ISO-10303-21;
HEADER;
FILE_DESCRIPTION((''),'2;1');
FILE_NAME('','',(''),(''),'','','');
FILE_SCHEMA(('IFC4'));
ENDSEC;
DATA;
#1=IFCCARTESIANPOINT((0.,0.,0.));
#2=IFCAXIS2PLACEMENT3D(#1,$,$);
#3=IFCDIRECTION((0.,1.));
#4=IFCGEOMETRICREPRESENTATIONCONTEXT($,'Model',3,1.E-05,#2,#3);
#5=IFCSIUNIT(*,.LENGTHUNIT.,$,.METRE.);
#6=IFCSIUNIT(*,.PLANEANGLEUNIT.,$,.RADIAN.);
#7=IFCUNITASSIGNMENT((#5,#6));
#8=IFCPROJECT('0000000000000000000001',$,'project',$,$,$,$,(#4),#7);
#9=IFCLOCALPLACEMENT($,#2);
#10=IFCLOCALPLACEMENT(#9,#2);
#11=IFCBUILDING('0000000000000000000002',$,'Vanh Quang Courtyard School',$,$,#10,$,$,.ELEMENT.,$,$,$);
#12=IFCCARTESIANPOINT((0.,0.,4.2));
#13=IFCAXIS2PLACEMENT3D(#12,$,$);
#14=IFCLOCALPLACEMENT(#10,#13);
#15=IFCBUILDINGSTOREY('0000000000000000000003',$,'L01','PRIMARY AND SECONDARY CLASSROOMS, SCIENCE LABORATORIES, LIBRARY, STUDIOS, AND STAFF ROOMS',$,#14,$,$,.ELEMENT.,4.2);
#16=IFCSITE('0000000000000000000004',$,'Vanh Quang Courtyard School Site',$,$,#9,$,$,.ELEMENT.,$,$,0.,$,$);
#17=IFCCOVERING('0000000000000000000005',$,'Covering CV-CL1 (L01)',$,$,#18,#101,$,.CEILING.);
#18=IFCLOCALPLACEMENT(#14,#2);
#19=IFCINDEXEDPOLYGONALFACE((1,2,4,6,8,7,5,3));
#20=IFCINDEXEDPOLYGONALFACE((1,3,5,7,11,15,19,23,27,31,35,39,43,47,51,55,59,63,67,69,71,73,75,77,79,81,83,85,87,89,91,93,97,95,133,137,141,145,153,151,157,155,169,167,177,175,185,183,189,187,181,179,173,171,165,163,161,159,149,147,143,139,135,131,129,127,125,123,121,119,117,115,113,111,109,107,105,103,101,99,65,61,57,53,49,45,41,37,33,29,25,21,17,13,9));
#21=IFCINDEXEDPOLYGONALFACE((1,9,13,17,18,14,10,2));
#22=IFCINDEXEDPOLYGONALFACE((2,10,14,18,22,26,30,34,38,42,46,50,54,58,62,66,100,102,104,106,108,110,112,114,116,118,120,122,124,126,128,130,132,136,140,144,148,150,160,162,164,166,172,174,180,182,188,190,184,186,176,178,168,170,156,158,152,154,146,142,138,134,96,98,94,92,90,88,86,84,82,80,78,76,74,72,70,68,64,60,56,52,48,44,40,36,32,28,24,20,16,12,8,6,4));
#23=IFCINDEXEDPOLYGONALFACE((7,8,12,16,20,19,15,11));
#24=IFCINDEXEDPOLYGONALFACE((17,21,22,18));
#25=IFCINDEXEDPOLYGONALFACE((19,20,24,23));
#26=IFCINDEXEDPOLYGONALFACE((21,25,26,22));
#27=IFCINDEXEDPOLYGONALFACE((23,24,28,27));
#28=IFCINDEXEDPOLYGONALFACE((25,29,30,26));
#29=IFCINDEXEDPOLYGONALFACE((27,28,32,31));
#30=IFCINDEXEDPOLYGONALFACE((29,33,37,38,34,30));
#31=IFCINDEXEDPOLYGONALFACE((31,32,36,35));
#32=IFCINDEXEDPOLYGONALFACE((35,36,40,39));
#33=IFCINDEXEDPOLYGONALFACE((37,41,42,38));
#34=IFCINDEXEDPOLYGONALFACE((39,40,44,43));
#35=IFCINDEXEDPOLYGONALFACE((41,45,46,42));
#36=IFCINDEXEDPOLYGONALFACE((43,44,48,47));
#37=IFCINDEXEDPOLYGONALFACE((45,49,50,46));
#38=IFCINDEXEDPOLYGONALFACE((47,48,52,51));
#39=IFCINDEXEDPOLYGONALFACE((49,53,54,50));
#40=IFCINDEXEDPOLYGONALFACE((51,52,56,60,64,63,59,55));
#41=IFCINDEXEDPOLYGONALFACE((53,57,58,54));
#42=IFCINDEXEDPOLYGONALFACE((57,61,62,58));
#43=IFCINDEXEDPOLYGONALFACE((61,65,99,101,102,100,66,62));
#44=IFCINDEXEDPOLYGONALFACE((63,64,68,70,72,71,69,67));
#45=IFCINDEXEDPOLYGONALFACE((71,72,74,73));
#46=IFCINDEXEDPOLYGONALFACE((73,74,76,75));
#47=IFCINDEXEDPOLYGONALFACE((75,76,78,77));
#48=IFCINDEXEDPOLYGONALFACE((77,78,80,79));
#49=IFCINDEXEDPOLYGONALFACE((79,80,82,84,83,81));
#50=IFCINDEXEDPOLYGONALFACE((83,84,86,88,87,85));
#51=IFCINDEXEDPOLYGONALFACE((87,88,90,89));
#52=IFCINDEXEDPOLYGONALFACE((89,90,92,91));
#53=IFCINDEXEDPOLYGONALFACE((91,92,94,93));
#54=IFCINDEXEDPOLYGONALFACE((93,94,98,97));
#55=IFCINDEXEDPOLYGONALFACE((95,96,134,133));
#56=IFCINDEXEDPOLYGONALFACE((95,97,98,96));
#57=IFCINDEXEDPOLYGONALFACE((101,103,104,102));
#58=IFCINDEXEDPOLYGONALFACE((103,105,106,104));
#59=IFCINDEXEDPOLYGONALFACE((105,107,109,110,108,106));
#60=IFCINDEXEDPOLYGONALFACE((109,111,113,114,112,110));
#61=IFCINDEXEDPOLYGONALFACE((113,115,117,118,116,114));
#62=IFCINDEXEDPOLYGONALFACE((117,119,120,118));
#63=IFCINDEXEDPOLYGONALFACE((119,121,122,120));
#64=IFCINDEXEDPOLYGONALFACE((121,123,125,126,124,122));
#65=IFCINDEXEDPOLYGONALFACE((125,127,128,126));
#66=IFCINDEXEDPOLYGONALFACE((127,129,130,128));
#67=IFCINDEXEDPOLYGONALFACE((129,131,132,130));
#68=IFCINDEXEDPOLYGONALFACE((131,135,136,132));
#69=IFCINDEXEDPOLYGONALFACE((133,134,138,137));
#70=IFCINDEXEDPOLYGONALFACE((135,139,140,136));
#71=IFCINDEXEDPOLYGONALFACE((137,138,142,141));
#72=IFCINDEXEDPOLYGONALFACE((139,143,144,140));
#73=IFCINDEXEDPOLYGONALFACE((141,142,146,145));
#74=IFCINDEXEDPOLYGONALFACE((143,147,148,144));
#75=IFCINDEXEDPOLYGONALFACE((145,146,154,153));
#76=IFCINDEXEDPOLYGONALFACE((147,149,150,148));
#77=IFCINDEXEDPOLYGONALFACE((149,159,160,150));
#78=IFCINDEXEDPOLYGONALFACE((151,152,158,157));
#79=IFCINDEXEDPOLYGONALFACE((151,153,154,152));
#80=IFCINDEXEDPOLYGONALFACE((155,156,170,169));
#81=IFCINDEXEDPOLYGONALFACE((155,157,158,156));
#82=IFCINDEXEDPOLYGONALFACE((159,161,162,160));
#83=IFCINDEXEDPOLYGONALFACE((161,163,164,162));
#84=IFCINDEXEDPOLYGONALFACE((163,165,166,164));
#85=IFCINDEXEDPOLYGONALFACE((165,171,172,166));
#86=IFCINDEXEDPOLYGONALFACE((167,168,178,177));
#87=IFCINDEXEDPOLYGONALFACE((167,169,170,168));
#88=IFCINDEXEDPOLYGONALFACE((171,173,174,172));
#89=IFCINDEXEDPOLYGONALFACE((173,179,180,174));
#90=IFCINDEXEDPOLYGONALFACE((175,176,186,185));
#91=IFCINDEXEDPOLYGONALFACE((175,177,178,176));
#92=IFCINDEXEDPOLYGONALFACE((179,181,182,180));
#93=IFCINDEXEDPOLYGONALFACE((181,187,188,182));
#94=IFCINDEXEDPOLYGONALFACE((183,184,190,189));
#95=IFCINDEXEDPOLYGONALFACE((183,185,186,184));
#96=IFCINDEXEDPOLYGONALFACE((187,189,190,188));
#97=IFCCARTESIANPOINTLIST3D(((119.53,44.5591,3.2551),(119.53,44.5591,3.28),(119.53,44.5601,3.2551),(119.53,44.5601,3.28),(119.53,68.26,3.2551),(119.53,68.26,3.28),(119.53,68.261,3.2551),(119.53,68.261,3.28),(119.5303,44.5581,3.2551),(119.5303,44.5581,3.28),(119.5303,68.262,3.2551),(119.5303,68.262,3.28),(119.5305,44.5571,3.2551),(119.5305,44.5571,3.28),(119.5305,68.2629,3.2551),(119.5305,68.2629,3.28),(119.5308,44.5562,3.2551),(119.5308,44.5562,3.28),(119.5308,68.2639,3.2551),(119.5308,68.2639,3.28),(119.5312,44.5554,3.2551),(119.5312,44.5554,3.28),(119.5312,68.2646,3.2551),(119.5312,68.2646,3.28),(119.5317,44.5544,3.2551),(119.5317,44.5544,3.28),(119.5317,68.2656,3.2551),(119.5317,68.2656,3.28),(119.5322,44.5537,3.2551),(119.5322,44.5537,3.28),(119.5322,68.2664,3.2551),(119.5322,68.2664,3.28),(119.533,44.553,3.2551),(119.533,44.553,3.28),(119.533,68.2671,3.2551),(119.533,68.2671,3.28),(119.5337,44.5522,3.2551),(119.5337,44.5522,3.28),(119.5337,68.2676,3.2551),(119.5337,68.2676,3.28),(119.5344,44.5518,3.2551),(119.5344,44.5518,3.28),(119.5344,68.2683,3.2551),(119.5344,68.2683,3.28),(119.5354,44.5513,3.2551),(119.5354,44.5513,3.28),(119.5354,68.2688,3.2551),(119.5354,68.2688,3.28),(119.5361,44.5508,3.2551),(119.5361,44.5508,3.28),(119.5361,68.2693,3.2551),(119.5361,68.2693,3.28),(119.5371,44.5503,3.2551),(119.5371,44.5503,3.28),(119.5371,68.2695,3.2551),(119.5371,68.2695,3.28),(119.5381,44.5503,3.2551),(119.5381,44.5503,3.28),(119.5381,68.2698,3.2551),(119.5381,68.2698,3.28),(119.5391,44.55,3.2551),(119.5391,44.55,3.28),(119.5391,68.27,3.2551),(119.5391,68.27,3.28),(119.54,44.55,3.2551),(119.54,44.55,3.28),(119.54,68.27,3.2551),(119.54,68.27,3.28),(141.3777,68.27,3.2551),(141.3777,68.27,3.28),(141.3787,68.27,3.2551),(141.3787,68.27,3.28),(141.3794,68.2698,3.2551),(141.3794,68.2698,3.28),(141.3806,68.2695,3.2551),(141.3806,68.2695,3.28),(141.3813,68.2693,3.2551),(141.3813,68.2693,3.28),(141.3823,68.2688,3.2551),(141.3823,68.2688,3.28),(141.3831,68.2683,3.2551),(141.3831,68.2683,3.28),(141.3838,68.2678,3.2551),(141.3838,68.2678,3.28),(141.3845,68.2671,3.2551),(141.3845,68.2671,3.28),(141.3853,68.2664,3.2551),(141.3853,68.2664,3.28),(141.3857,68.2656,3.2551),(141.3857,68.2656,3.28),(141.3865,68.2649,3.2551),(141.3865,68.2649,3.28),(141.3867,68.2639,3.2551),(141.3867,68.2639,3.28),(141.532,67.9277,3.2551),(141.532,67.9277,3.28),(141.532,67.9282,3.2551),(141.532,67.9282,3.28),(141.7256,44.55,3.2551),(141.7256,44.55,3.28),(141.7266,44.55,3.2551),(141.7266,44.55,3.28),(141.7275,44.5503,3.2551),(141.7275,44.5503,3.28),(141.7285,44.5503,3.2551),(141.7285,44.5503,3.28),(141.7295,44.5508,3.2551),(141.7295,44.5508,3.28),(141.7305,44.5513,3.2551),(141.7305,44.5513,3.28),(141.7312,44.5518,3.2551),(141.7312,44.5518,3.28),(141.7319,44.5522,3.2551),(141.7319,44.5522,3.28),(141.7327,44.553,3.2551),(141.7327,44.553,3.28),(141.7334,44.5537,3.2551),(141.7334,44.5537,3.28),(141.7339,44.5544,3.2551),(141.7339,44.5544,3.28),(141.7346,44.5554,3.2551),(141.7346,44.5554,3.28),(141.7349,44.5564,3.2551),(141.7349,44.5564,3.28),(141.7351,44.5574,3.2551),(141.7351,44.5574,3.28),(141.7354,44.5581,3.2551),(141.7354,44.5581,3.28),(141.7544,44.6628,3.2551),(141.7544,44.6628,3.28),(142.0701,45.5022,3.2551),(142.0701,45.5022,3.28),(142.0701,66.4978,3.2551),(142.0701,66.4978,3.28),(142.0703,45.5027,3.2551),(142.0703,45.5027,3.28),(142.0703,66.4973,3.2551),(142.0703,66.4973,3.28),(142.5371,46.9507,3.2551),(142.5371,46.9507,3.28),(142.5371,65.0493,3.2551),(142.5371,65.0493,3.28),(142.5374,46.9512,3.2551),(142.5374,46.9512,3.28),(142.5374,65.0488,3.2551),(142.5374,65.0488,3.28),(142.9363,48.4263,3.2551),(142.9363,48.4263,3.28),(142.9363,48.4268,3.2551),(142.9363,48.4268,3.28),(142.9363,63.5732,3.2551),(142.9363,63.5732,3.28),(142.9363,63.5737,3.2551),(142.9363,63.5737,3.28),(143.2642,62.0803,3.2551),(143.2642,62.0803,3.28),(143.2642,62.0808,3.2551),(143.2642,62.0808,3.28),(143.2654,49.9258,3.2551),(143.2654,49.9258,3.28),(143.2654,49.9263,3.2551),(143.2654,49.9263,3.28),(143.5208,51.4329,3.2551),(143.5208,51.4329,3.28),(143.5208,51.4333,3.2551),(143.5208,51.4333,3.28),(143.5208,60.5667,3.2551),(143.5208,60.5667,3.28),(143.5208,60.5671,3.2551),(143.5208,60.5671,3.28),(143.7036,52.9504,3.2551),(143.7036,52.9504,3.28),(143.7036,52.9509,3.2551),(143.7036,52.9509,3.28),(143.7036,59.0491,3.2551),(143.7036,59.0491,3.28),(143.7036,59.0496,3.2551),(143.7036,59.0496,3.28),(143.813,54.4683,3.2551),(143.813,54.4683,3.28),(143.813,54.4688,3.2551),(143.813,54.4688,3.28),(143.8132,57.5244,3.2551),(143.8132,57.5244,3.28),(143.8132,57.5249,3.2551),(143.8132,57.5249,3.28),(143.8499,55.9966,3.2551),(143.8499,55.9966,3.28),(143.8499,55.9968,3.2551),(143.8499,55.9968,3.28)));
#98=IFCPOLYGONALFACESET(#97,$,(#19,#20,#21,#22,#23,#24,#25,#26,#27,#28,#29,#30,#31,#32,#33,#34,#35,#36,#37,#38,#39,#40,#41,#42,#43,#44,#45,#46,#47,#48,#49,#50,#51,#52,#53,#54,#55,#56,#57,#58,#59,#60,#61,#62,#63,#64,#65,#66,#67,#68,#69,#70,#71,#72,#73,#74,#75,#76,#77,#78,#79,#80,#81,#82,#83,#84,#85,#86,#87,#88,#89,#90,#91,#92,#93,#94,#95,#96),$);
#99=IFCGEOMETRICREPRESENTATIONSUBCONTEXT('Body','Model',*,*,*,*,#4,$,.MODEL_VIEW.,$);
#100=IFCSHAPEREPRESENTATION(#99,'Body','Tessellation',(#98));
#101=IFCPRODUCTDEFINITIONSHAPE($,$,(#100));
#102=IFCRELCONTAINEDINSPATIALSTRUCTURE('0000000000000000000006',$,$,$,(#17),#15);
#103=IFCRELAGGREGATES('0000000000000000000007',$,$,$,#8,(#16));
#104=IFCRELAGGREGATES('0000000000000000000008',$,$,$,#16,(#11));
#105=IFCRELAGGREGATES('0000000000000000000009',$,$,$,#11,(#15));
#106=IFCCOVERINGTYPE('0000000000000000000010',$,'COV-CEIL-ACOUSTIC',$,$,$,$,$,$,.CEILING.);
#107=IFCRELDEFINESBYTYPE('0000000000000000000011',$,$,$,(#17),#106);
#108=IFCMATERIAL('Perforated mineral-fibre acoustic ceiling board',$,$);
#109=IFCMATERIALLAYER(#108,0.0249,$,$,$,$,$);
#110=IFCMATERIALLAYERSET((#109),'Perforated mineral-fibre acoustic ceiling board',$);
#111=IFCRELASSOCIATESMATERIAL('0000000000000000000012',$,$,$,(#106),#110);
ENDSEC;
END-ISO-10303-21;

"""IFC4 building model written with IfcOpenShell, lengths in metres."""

from ifc_helpers import new_model, si_unit, direction, frame, origin, place, context, subcontext, project, spatial, polyline, outline, extrude, material, layer, layer_set, type_object, element, save


model = new_model("IFC4")

# Units and contexts
model_context = context("Model", 3, precision=1e-05, world=origin(), true_north=direction((0.0, 1.0)))
body_context = subcontext(model_context, "Body", "Model", "MODEL_VIEW")
ifc_project = project(units=[si_unit("LENGTHUNIT", "METRE"), si_unit("PLANEANGLEUNIT", "RADIAN")], contexts=[model_context])

# Site, building, storey
site_placement = place(None, origin())
site = spatial("IfcSite", under=ifc_project, at=site_placement, Name="Vanh Quang Courtyard School Site", CompositionType="ELEMENT", RefElevation=0.0)
building_placement = place(site_placement, origin())
building = spatial("IfcBuilding", under=site, at=building_placement, Name="Vanh Quang Courtyard School", CompositionType="ELEMENT")
storey_placement = place(building_placement, frame((0.0, 0.0, 4.2)))
storey = spatial("IfcBuildingStorey", under=building, at=storey_placement, Name="L01", Description="PRIMARY AND SECONDARY CLASSROOMS, SCIENCE LABORATORIES, LIBRARY, STUDIOS, AND STAFF ROOMS", CompositionType="ELEMENT", Elevation=4.2)

# Covering
ifc_material_1 = material(Name="Perforated mineral-fibre acoustic ceiling board")
ifc_layer_1 = layer(ifc_material_1, 0.0249)
ifc_layer_set_1 = layer_set([ifc_layer_1], Name="Perforated mineral-fibre acoustic ceiling board")
covering_type_1 = type_object("IfcCoveringType", Name="COV-CEIL-ACOUSTIC", PredefinedType="CEILING", material=ifc_layer_set_1)
covering_1_placement = place(storey_placement, frame((0.0, 0.0, 3.2551)))
element("IfcCovering", 1, at=covering_1_placement, inside=storey, type_object=covering_type_1, Name="Covering CV-CL1 (L01)", PredefinedType="CEILING", context=body_context, shape_type="SweptSolid", body=[
    extrude(outline(polyline([(119.53, 68.26), (119.53, 68.261), (119.5303, 68.262), (119.5305, 68.2629), (119.5308, 68.2639), (119.5312, 68.2646), (119.5317, 68.2656), (119.5322, 68.2664), (119.533, 68.2671), (119.5337, 68.2676), (119.5344, 68.2683), (119.5354, 68.2688), (119.5361, 68.2693), (119.5371, 68.2695), (119.5381, 68.2698), (119.5391, 68.27), (119.54, 68.27), (141.3777, 68.27), (141.3787, 68.27), (141.3794, 68.2698), (141.3806, 68.2695), (141.3813, 68.2693), (141.3823, 68.2688), (141.3831, 68.2683), (141.3838, 68.2678), (141.3845, 68.2671), (141.3853, 68.2664), (141.3857, 68.2656), (141.3865, 68.2649), (141.3867, 68.2639), (141.532, 67.9282), (141.532, 67.9277), (142.0701, 66.4978), (142.0703, 66.4973), (142.5371, 65.0493), (142.5374, 65.0488), (142.9363, 63.5737), (142.9363, 63.5732), (143.2642, 62.0808), (143.2642, 62.0803), (143.5208, 60.5671), (143.5208, 60.5667), (143.7036, 59.0496), (143.7036, 59.0491), (143.8132, 57.5249), (143.8132, 57.5244), (143.8499, 55.9968), (143.8499, 55.9966), (143.813, 54.4688), (143.813, 54.4683), (143.7036, 52.9509), (143.7036, 52.9504), (143.5208, 51.4333), (143.5208, 51.4329), (143.2654, 49.9263), (143.2654, 49.9258), (142.9363, 48.4268), (142.9363, 48.4263), (142.5374, 46.9512), (142.5371, 46.9507), (142.0703, 45.5027), (142.0701, 45.5022), (141.7544, 44.6628), (141.7354, 44.5581), (141.7351, 44.5574), (141.7349, 44.5564), (141.7346, 44.5554), (141.7339, 44.5544), (141.7334, 44.5537), (141.7327, 44.553), (141.7319, 44.5522), (141.7312, 44.5518), (141.7305, 44.5513), (141.7295, 44.5508), (141.7285, 44.5503), (141.7275, 44.5503), (141.7266, 44.55), (141.7256, 44.55), (119.54, 44.55), (119.5391, 44.55), (119.5381, 44.5503), (119.5371, 44.5503), (119.5361, 44.5508), (119.5354, 44.5513), (119.5344, 44.5518), (119.5337, 44.5522), (119.533, 44.553), (119.5322, 44.5537), (119.5317, 44.5544), (119.5312, 44.5554), (119.5308, 44.5562), (119.5305, 44.5571), (119.5303, 44.5581), (119.53, 44.5591), (119.53, 44.5601), (119.53, 68.26)])), origin(), (0.0, 0.0, 1.0), 0.0249),
])

save(model, "model.ifc")
